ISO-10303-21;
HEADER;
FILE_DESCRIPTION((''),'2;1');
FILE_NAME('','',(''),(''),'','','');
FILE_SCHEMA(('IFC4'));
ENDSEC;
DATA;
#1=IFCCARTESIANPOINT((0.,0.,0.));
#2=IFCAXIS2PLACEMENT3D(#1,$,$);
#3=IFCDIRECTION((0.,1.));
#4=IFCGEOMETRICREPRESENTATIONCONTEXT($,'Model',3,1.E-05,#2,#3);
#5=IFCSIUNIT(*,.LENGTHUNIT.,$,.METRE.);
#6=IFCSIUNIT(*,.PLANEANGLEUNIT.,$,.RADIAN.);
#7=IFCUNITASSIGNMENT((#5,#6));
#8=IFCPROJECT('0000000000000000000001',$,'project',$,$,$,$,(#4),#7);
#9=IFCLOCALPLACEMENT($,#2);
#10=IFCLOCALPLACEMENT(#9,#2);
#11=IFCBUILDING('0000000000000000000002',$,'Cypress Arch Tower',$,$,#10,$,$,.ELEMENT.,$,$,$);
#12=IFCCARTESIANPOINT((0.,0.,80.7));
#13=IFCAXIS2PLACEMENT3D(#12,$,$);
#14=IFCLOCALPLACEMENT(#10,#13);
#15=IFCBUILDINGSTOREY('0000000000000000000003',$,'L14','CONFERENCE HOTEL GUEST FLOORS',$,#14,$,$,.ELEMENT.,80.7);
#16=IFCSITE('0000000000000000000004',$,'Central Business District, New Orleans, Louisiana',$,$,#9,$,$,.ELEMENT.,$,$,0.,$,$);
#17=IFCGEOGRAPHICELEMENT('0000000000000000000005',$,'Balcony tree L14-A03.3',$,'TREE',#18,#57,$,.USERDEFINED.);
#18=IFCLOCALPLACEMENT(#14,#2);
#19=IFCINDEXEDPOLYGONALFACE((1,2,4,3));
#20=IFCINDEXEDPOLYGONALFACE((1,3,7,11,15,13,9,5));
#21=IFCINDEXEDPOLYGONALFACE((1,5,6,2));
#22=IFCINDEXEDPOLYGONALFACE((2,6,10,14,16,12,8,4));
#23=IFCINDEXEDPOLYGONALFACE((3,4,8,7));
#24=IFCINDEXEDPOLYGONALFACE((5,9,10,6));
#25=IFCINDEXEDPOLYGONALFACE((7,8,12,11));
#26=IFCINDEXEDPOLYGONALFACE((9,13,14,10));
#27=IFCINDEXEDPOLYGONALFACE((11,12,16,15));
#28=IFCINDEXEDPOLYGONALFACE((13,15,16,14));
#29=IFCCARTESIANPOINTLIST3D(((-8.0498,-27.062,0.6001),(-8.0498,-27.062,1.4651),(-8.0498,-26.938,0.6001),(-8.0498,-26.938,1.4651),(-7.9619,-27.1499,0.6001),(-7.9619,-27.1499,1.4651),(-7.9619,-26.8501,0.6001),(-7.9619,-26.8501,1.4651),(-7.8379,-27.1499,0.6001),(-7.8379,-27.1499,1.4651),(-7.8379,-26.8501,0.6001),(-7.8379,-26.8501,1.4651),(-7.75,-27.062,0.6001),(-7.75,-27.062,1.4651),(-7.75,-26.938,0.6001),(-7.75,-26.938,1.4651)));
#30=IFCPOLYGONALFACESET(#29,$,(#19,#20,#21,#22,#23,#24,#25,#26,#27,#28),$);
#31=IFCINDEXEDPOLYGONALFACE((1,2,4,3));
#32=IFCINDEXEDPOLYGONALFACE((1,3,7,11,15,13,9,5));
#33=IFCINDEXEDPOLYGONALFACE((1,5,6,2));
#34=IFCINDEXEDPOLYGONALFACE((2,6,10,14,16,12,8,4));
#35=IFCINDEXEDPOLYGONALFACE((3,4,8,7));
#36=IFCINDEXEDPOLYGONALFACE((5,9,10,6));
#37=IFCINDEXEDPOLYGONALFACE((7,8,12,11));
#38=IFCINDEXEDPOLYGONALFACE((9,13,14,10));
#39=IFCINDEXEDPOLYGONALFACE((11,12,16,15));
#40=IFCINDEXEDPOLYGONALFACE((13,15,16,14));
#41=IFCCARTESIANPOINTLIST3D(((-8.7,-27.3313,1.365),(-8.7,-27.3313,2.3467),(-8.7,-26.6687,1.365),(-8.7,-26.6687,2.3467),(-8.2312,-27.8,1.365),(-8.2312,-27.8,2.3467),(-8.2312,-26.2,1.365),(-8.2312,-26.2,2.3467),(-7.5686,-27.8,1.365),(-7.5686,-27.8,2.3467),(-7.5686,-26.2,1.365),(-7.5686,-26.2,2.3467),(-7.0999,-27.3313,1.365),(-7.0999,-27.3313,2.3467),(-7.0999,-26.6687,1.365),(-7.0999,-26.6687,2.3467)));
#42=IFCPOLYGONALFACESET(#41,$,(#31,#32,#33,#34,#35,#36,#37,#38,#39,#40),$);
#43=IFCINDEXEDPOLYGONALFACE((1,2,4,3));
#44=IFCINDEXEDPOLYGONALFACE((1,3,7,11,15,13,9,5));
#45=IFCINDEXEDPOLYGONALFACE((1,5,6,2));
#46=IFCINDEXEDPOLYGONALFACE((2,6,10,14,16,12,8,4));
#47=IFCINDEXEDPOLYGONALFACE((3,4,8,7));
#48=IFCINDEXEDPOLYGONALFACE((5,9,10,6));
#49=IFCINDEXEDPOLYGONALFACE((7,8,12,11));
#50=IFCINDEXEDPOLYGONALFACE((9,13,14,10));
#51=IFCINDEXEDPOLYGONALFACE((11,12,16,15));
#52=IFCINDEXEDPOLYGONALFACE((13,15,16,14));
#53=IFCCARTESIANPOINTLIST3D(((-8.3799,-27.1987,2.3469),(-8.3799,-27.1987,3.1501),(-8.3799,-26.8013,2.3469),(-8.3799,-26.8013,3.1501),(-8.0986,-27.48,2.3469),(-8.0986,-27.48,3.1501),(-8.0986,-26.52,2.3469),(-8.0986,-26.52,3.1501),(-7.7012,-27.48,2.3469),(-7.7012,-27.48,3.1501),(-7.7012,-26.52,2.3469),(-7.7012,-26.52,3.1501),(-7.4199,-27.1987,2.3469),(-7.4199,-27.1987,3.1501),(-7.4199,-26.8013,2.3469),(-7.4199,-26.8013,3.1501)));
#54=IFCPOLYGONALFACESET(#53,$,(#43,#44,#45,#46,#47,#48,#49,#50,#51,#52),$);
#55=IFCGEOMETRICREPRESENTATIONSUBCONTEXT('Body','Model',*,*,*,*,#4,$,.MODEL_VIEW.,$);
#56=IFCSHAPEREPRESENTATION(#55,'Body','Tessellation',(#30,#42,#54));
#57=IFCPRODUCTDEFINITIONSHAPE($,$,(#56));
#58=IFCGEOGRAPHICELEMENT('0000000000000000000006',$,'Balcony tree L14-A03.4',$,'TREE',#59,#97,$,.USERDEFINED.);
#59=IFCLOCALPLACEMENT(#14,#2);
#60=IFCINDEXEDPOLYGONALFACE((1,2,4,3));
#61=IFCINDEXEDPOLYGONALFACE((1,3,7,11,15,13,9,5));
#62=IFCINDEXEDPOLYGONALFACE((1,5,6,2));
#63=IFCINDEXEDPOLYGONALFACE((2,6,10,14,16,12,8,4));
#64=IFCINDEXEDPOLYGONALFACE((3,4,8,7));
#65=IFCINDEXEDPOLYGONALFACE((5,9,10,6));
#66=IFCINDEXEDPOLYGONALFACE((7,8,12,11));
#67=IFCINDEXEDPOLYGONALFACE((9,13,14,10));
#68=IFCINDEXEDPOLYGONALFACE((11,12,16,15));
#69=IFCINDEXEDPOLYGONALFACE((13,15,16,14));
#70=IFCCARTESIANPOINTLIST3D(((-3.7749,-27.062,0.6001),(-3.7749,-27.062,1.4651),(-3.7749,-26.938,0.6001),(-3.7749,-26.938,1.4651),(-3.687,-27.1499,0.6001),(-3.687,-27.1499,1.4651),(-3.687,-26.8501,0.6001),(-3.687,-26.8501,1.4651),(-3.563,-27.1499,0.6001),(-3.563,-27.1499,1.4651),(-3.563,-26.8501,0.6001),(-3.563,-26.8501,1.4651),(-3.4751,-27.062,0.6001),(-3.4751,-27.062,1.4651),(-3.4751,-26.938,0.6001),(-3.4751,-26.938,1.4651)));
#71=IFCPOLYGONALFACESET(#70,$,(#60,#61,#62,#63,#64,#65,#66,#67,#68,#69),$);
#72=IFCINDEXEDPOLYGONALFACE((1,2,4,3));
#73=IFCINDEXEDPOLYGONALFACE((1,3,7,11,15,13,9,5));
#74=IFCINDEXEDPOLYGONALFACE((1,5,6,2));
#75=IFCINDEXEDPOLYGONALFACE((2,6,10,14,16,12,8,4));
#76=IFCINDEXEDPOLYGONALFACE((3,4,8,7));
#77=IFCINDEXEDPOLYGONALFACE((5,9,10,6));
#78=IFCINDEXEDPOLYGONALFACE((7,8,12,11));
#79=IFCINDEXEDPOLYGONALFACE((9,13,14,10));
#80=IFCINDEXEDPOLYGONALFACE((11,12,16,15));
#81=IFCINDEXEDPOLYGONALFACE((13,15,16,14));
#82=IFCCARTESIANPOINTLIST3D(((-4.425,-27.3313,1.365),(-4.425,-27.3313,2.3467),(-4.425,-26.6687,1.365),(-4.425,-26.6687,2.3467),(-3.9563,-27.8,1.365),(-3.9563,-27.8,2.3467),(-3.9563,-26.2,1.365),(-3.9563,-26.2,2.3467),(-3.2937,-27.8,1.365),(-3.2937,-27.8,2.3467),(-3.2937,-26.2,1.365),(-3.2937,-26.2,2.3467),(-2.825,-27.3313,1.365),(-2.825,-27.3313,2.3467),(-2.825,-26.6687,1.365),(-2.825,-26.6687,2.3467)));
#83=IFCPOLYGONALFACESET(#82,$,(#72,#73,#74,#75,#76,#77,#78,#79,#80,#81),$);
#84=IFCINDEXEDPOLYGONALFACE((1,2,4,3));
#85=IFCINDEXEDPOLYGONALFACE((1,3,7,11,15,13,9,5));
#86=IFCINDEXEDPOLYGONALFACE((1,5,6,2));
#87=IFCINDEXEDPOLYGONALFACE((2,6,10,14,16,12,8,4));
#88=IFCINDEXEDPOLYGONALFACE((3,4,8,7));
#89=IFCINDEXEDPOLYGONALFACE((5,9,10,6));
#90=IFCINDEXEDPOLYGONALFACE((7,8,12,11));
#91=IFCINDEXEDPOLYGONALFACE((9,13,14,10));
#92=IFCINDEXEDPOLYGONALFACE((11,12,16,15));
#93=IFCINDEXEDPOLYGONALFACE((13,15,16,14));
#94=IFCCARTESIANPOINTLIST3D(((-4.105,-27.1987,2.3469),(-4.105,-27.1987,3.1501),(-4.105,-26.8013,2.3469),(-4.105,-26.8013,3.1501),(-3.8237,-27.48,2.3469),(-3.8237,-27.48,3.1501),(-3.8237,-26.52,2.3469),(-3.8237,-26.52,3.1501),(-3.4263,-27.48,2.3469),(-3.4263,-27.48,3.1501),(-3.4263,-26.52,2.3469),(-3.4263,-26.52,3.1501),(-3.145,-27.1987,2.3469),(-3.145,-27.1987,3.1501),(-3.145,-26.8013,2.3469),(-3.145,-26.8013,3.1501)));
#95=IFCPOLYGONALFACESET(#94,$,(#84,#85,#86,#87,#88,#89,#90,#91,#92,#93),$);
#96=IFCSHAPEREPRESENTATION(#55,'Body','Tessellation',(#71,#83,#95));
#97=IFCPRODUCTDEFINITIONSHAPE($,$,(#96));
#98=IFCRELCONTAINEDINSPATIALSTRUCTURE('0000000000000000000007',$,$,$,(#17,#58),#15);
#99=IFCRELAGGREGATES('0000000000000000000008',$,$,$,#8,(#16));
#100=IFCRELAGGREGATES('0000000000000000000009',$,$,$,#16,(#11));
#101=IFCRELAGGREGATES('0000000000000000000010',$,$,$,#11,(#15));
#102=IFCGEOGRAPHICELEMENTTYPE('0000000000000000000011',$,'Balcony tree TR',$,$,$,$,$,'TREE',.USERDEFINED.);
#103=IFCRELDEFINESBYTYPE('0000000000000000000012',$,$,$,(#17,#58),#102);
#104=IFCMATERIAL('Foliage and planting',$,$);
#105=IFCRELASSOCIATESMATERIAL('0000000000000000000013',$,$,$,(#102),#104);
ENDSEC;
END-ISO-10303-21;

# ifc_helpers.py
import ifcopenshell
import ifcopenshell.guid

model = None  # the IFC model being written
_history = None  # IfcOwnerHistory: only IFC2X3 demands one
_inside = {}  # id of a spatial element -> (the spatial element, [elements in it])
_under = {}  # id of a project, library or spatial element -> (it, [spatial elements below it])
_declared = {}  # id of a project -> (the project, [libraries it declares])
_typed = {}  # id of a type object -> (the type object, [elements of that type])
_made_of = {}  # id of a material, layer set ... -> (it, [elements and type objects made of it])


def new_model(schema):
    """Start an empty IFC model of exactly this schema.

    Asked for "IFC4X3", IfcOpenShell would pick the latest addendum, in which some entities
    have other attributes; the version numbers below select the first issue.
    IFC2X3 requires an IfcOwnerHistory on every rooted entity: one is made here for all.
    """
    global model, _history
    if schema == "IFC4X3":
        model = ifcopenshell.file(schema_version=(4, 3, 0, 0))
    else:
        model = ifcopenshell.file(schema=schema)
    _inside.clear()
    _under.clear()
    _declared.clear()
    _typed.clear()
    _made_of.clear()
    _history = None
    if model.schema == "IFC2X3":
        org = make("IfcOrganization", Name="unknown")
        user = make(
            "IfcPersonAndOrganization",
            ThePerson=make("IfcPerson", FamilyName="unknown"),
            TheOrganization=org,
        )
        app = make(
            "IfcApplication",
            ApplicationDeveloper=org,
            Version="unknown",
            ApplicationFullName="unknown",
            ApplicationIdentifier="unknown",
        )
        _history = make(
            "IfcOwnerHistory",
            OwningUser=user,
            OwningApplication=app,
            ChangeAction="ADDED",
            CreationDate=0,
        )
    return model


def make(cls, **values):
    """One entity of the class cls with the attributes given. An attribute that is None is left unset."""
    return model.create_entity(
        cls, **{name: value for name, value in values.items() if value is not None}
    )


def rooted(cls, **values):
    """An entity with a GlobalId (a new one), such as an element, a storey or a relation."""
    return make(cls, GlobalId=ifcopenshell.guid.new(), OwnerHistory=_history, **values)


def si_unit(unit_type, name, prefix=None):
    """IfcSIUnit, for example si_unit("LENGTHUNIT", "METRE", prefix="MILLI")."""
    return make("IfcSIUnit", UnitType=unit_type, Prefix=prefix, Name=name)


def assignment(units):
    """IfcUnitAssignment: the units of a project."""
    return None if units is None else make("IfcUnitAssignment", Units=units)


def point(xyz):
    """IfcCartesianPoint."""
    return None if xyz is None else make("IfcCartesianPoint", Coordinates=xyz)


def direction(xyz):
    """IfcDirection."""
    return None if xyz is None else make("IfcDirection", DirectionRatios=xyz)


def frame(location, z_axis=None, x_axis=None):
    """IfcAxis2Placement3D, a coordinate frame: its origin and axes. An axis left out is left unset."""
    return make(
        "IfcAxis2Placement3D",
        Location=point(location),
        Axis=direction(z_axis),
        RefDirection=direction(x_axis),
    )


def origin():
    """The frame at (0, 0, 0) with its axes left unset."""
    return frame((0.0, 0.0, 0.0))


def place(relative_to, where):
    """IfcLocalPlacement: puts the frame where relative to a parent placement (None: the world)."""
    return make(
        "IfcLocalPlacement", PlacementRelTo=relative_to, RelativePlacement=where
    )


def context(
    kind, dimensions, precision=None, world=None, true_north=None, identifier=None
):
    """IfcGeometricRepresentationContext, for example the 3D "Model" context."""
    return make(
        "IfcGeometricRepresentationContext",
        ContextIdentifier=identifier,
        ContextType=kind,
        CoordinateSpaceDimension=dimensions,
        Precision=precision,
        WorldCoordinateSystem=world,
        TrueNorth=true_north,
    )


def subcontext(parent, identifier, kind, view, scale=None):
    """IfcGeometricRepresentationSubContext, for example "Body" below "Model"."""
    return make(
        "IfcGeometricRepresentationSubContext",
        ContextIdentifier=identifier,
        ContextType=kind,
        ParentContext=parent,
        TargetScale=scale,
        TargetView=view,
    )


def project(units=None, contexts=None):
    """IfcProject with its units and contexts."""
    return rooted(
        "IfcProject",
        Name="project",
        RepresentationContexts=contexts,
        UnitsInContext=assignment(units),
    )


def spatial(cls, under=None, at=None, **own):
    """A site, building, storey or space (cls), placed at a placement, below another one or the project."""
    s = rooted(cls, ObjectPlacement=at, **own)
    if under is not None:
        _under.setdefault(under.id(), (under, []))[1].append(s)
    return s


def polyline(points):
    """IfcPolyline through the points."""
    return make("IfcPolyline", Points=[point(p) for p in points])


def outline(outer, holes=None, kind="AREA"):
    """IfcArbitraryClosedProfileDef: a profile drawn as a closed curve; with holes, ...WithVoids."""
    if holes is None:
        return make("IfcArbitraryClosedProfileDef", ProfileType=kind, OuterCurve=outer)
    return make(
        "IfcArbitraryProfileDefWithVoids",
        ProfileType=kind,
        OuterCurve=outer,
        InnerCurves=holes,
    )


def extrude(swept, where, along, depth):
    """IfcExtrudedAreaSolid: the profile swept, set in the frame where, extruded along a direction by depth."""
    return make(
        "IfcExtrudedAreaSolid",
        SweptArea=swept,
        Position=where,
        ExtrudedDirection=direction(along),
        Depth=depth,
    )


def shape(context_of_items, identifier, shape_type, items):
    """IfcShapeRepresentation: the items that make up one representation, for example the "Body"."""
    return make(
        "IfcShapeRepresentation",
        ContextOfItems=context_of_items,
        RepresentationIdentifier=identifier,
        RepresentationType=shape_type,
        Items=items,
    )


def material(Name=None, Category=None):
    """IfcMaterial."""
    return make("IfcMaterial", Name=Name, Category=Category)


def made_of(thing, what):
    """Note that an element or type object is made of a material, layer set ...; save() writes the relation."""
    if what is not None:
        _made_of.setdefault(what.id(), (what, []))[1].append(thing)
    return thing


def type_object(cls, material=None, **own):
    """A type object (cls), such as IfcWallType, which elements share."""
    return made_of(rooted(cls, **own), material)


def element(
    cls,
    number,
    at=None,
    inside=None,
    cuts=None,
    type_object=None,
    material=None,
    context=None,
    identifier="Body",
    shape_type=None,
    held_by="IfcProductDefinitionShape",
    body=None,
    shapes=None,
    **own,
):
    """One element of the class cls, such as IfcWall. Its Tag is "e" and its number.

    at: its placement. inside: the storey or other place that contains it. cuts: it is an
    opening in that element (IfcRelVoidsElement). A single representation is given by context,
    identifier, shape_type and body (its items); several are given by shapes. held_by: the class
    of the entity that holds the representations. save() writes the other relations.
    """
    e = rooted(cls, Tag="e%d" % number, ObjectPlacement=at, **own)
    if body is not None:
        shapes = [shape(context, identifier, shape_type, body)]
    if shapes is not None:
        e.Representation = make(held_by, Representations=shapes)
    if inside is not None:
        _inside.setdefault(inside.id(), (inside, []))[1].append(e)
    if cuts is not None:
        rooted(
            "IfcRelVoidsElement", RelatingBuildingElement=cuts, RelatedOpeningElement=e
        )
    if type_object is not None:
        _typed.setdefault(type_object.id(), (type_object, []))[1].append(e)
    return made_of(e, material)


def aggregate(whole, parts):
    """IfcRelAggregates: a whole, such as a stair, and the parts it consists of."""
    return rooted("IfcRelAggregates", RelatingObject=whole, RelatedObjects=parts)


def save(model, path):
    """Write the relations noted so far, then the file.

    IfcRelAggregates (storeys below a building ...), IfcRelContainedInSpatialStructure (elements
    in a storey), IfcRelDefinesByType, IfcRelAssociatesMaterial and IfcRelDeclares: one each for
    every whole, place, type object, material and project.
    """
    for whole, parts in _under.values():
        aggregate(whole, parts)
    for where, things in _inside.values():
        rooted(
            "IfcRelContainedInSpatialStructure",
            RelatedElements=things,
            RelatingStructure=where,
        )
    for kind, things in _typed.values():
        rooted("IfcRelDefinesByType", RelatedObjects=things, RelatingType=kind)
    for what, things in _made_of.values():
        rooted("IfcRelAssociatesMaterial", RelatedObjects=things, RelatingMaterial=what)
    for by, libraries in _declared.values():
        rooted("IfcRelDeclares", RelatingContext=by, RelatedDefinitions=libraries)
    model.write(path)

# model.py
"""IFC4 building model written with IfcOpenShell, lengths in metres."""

from ifc_helpers import new_model, si_unit, direction, frame, origin, place, context, subcontext, project, spatial, polyline, outline, extrude, material, type_object, element, save


model = new_model("IFC4")

# Units and contexts
model_context = context("Model", 3, precision=1e-05, world=origin(), true_north=direction((0.0, 1.0)))
body_context = subcontext(model_context, "Body", "Model", "MODEL_VIEW")
ifc_project = project(units=[si_unit("LENGTHUNIT", "METRE"), si_unit("PLANEANGLEUNIT", "RADIAN")], contexts=[model_context])

# Site, building, storey
site_placement = place(None, origin())
site = spatial("IfcSite", under=ifc_project, at=site_placement, Name="Central Business District, New Orleans, Louisiana", CompositionType="ELEMENT", RefElevation=0.0)
building_placement = place(site_placement, origin())
building = spatial("IfcBuilding", under=site, at=building_placement, Name="Cypress Arch Tower", CompositionType="ELEMENT")
storey_placement = place(building_placement, frame((0.0, 0.0, 80.7)))
storey = spatial("IfcBuildingStorey", under=building, at=storey_placement, Name="L14", Description="CONFERENCE HOTEL GUEST FLOORS", CompositionType="ELEMENT", Elevation=80.7)

# Geographic elements
ifc_material_1 = material(Name="Foliage and planting")
geographic_element_type = type_object("IfcGeographicElementType", Name="Balcony tree TR", ElementType="TREE", PredefinedType="USERDEFINED", material=ifc_material_1)
for number, where, z_axis, x_axis, name in (
    (1, (-7.8999, -27.0, 0.6001), (0.0, 0.0, 1.0), (1.0, 0.0, 0.0), "Balcony tree L14-A03.3"),
    (2, (-3.625, -27.0, 0.6001), (0.0, 0.0, 1.0), (1.0, 0.0, 0.0), "Balcony tree L14-A03.4"),
):
    element("IfcGeographicElement", number, at=place(storey_placement, frame(where, z_axis=z_axis, x_axis=x_axis)), inside=storey, type_object=geographic_element_type, Name=name, ObjectType="TREE", PredefinedType="USERDEFINED", context=body_context, shape_type="SweptSolid", body=[
        extrude(outline(polyline([(0.1499, 0.062), (0.062, 0.1499), (-0.062, 0.1499), (-0.1499, 0.062), (-0.1499, -0.062), (-0.062, -0.1499), (0.062, -0.1499), (0.1499, -0.062), (0.1499, 0.062)])), origin(), (0.0, 0.0, 1.0), 0.865),
        extrude(outline(polyline([(0.8, 0.3313), (0.3313, 0.8), (-0.3313, 0.8), (-0.8, 0.3313), (-0.8, -0.3313), (-0.3313, -0.8), (0.3313, -0.8), (0.8, -0.3313), (0.8, 0.3313)])), frame((0.0, 0.0, 0.7649)), (0.0, 0.0, 1.0), 0.9817),
        extrude(outline(polyline([(0.48, 0.1987), (0.1987, 0.48), (-0.1987, 0.48), (-0.48, 0.1987), (-0.48, -0.1987), (-0.1987, -0.48), (0.1987, -0.48), (0.48, -0.1987), (0.48, 0.1987)])), frame((0.0, 0.0, 1.7468)), (0.0, 0.0, 1.0), 0.8032),
    ])

save(model, "model.ifc")
